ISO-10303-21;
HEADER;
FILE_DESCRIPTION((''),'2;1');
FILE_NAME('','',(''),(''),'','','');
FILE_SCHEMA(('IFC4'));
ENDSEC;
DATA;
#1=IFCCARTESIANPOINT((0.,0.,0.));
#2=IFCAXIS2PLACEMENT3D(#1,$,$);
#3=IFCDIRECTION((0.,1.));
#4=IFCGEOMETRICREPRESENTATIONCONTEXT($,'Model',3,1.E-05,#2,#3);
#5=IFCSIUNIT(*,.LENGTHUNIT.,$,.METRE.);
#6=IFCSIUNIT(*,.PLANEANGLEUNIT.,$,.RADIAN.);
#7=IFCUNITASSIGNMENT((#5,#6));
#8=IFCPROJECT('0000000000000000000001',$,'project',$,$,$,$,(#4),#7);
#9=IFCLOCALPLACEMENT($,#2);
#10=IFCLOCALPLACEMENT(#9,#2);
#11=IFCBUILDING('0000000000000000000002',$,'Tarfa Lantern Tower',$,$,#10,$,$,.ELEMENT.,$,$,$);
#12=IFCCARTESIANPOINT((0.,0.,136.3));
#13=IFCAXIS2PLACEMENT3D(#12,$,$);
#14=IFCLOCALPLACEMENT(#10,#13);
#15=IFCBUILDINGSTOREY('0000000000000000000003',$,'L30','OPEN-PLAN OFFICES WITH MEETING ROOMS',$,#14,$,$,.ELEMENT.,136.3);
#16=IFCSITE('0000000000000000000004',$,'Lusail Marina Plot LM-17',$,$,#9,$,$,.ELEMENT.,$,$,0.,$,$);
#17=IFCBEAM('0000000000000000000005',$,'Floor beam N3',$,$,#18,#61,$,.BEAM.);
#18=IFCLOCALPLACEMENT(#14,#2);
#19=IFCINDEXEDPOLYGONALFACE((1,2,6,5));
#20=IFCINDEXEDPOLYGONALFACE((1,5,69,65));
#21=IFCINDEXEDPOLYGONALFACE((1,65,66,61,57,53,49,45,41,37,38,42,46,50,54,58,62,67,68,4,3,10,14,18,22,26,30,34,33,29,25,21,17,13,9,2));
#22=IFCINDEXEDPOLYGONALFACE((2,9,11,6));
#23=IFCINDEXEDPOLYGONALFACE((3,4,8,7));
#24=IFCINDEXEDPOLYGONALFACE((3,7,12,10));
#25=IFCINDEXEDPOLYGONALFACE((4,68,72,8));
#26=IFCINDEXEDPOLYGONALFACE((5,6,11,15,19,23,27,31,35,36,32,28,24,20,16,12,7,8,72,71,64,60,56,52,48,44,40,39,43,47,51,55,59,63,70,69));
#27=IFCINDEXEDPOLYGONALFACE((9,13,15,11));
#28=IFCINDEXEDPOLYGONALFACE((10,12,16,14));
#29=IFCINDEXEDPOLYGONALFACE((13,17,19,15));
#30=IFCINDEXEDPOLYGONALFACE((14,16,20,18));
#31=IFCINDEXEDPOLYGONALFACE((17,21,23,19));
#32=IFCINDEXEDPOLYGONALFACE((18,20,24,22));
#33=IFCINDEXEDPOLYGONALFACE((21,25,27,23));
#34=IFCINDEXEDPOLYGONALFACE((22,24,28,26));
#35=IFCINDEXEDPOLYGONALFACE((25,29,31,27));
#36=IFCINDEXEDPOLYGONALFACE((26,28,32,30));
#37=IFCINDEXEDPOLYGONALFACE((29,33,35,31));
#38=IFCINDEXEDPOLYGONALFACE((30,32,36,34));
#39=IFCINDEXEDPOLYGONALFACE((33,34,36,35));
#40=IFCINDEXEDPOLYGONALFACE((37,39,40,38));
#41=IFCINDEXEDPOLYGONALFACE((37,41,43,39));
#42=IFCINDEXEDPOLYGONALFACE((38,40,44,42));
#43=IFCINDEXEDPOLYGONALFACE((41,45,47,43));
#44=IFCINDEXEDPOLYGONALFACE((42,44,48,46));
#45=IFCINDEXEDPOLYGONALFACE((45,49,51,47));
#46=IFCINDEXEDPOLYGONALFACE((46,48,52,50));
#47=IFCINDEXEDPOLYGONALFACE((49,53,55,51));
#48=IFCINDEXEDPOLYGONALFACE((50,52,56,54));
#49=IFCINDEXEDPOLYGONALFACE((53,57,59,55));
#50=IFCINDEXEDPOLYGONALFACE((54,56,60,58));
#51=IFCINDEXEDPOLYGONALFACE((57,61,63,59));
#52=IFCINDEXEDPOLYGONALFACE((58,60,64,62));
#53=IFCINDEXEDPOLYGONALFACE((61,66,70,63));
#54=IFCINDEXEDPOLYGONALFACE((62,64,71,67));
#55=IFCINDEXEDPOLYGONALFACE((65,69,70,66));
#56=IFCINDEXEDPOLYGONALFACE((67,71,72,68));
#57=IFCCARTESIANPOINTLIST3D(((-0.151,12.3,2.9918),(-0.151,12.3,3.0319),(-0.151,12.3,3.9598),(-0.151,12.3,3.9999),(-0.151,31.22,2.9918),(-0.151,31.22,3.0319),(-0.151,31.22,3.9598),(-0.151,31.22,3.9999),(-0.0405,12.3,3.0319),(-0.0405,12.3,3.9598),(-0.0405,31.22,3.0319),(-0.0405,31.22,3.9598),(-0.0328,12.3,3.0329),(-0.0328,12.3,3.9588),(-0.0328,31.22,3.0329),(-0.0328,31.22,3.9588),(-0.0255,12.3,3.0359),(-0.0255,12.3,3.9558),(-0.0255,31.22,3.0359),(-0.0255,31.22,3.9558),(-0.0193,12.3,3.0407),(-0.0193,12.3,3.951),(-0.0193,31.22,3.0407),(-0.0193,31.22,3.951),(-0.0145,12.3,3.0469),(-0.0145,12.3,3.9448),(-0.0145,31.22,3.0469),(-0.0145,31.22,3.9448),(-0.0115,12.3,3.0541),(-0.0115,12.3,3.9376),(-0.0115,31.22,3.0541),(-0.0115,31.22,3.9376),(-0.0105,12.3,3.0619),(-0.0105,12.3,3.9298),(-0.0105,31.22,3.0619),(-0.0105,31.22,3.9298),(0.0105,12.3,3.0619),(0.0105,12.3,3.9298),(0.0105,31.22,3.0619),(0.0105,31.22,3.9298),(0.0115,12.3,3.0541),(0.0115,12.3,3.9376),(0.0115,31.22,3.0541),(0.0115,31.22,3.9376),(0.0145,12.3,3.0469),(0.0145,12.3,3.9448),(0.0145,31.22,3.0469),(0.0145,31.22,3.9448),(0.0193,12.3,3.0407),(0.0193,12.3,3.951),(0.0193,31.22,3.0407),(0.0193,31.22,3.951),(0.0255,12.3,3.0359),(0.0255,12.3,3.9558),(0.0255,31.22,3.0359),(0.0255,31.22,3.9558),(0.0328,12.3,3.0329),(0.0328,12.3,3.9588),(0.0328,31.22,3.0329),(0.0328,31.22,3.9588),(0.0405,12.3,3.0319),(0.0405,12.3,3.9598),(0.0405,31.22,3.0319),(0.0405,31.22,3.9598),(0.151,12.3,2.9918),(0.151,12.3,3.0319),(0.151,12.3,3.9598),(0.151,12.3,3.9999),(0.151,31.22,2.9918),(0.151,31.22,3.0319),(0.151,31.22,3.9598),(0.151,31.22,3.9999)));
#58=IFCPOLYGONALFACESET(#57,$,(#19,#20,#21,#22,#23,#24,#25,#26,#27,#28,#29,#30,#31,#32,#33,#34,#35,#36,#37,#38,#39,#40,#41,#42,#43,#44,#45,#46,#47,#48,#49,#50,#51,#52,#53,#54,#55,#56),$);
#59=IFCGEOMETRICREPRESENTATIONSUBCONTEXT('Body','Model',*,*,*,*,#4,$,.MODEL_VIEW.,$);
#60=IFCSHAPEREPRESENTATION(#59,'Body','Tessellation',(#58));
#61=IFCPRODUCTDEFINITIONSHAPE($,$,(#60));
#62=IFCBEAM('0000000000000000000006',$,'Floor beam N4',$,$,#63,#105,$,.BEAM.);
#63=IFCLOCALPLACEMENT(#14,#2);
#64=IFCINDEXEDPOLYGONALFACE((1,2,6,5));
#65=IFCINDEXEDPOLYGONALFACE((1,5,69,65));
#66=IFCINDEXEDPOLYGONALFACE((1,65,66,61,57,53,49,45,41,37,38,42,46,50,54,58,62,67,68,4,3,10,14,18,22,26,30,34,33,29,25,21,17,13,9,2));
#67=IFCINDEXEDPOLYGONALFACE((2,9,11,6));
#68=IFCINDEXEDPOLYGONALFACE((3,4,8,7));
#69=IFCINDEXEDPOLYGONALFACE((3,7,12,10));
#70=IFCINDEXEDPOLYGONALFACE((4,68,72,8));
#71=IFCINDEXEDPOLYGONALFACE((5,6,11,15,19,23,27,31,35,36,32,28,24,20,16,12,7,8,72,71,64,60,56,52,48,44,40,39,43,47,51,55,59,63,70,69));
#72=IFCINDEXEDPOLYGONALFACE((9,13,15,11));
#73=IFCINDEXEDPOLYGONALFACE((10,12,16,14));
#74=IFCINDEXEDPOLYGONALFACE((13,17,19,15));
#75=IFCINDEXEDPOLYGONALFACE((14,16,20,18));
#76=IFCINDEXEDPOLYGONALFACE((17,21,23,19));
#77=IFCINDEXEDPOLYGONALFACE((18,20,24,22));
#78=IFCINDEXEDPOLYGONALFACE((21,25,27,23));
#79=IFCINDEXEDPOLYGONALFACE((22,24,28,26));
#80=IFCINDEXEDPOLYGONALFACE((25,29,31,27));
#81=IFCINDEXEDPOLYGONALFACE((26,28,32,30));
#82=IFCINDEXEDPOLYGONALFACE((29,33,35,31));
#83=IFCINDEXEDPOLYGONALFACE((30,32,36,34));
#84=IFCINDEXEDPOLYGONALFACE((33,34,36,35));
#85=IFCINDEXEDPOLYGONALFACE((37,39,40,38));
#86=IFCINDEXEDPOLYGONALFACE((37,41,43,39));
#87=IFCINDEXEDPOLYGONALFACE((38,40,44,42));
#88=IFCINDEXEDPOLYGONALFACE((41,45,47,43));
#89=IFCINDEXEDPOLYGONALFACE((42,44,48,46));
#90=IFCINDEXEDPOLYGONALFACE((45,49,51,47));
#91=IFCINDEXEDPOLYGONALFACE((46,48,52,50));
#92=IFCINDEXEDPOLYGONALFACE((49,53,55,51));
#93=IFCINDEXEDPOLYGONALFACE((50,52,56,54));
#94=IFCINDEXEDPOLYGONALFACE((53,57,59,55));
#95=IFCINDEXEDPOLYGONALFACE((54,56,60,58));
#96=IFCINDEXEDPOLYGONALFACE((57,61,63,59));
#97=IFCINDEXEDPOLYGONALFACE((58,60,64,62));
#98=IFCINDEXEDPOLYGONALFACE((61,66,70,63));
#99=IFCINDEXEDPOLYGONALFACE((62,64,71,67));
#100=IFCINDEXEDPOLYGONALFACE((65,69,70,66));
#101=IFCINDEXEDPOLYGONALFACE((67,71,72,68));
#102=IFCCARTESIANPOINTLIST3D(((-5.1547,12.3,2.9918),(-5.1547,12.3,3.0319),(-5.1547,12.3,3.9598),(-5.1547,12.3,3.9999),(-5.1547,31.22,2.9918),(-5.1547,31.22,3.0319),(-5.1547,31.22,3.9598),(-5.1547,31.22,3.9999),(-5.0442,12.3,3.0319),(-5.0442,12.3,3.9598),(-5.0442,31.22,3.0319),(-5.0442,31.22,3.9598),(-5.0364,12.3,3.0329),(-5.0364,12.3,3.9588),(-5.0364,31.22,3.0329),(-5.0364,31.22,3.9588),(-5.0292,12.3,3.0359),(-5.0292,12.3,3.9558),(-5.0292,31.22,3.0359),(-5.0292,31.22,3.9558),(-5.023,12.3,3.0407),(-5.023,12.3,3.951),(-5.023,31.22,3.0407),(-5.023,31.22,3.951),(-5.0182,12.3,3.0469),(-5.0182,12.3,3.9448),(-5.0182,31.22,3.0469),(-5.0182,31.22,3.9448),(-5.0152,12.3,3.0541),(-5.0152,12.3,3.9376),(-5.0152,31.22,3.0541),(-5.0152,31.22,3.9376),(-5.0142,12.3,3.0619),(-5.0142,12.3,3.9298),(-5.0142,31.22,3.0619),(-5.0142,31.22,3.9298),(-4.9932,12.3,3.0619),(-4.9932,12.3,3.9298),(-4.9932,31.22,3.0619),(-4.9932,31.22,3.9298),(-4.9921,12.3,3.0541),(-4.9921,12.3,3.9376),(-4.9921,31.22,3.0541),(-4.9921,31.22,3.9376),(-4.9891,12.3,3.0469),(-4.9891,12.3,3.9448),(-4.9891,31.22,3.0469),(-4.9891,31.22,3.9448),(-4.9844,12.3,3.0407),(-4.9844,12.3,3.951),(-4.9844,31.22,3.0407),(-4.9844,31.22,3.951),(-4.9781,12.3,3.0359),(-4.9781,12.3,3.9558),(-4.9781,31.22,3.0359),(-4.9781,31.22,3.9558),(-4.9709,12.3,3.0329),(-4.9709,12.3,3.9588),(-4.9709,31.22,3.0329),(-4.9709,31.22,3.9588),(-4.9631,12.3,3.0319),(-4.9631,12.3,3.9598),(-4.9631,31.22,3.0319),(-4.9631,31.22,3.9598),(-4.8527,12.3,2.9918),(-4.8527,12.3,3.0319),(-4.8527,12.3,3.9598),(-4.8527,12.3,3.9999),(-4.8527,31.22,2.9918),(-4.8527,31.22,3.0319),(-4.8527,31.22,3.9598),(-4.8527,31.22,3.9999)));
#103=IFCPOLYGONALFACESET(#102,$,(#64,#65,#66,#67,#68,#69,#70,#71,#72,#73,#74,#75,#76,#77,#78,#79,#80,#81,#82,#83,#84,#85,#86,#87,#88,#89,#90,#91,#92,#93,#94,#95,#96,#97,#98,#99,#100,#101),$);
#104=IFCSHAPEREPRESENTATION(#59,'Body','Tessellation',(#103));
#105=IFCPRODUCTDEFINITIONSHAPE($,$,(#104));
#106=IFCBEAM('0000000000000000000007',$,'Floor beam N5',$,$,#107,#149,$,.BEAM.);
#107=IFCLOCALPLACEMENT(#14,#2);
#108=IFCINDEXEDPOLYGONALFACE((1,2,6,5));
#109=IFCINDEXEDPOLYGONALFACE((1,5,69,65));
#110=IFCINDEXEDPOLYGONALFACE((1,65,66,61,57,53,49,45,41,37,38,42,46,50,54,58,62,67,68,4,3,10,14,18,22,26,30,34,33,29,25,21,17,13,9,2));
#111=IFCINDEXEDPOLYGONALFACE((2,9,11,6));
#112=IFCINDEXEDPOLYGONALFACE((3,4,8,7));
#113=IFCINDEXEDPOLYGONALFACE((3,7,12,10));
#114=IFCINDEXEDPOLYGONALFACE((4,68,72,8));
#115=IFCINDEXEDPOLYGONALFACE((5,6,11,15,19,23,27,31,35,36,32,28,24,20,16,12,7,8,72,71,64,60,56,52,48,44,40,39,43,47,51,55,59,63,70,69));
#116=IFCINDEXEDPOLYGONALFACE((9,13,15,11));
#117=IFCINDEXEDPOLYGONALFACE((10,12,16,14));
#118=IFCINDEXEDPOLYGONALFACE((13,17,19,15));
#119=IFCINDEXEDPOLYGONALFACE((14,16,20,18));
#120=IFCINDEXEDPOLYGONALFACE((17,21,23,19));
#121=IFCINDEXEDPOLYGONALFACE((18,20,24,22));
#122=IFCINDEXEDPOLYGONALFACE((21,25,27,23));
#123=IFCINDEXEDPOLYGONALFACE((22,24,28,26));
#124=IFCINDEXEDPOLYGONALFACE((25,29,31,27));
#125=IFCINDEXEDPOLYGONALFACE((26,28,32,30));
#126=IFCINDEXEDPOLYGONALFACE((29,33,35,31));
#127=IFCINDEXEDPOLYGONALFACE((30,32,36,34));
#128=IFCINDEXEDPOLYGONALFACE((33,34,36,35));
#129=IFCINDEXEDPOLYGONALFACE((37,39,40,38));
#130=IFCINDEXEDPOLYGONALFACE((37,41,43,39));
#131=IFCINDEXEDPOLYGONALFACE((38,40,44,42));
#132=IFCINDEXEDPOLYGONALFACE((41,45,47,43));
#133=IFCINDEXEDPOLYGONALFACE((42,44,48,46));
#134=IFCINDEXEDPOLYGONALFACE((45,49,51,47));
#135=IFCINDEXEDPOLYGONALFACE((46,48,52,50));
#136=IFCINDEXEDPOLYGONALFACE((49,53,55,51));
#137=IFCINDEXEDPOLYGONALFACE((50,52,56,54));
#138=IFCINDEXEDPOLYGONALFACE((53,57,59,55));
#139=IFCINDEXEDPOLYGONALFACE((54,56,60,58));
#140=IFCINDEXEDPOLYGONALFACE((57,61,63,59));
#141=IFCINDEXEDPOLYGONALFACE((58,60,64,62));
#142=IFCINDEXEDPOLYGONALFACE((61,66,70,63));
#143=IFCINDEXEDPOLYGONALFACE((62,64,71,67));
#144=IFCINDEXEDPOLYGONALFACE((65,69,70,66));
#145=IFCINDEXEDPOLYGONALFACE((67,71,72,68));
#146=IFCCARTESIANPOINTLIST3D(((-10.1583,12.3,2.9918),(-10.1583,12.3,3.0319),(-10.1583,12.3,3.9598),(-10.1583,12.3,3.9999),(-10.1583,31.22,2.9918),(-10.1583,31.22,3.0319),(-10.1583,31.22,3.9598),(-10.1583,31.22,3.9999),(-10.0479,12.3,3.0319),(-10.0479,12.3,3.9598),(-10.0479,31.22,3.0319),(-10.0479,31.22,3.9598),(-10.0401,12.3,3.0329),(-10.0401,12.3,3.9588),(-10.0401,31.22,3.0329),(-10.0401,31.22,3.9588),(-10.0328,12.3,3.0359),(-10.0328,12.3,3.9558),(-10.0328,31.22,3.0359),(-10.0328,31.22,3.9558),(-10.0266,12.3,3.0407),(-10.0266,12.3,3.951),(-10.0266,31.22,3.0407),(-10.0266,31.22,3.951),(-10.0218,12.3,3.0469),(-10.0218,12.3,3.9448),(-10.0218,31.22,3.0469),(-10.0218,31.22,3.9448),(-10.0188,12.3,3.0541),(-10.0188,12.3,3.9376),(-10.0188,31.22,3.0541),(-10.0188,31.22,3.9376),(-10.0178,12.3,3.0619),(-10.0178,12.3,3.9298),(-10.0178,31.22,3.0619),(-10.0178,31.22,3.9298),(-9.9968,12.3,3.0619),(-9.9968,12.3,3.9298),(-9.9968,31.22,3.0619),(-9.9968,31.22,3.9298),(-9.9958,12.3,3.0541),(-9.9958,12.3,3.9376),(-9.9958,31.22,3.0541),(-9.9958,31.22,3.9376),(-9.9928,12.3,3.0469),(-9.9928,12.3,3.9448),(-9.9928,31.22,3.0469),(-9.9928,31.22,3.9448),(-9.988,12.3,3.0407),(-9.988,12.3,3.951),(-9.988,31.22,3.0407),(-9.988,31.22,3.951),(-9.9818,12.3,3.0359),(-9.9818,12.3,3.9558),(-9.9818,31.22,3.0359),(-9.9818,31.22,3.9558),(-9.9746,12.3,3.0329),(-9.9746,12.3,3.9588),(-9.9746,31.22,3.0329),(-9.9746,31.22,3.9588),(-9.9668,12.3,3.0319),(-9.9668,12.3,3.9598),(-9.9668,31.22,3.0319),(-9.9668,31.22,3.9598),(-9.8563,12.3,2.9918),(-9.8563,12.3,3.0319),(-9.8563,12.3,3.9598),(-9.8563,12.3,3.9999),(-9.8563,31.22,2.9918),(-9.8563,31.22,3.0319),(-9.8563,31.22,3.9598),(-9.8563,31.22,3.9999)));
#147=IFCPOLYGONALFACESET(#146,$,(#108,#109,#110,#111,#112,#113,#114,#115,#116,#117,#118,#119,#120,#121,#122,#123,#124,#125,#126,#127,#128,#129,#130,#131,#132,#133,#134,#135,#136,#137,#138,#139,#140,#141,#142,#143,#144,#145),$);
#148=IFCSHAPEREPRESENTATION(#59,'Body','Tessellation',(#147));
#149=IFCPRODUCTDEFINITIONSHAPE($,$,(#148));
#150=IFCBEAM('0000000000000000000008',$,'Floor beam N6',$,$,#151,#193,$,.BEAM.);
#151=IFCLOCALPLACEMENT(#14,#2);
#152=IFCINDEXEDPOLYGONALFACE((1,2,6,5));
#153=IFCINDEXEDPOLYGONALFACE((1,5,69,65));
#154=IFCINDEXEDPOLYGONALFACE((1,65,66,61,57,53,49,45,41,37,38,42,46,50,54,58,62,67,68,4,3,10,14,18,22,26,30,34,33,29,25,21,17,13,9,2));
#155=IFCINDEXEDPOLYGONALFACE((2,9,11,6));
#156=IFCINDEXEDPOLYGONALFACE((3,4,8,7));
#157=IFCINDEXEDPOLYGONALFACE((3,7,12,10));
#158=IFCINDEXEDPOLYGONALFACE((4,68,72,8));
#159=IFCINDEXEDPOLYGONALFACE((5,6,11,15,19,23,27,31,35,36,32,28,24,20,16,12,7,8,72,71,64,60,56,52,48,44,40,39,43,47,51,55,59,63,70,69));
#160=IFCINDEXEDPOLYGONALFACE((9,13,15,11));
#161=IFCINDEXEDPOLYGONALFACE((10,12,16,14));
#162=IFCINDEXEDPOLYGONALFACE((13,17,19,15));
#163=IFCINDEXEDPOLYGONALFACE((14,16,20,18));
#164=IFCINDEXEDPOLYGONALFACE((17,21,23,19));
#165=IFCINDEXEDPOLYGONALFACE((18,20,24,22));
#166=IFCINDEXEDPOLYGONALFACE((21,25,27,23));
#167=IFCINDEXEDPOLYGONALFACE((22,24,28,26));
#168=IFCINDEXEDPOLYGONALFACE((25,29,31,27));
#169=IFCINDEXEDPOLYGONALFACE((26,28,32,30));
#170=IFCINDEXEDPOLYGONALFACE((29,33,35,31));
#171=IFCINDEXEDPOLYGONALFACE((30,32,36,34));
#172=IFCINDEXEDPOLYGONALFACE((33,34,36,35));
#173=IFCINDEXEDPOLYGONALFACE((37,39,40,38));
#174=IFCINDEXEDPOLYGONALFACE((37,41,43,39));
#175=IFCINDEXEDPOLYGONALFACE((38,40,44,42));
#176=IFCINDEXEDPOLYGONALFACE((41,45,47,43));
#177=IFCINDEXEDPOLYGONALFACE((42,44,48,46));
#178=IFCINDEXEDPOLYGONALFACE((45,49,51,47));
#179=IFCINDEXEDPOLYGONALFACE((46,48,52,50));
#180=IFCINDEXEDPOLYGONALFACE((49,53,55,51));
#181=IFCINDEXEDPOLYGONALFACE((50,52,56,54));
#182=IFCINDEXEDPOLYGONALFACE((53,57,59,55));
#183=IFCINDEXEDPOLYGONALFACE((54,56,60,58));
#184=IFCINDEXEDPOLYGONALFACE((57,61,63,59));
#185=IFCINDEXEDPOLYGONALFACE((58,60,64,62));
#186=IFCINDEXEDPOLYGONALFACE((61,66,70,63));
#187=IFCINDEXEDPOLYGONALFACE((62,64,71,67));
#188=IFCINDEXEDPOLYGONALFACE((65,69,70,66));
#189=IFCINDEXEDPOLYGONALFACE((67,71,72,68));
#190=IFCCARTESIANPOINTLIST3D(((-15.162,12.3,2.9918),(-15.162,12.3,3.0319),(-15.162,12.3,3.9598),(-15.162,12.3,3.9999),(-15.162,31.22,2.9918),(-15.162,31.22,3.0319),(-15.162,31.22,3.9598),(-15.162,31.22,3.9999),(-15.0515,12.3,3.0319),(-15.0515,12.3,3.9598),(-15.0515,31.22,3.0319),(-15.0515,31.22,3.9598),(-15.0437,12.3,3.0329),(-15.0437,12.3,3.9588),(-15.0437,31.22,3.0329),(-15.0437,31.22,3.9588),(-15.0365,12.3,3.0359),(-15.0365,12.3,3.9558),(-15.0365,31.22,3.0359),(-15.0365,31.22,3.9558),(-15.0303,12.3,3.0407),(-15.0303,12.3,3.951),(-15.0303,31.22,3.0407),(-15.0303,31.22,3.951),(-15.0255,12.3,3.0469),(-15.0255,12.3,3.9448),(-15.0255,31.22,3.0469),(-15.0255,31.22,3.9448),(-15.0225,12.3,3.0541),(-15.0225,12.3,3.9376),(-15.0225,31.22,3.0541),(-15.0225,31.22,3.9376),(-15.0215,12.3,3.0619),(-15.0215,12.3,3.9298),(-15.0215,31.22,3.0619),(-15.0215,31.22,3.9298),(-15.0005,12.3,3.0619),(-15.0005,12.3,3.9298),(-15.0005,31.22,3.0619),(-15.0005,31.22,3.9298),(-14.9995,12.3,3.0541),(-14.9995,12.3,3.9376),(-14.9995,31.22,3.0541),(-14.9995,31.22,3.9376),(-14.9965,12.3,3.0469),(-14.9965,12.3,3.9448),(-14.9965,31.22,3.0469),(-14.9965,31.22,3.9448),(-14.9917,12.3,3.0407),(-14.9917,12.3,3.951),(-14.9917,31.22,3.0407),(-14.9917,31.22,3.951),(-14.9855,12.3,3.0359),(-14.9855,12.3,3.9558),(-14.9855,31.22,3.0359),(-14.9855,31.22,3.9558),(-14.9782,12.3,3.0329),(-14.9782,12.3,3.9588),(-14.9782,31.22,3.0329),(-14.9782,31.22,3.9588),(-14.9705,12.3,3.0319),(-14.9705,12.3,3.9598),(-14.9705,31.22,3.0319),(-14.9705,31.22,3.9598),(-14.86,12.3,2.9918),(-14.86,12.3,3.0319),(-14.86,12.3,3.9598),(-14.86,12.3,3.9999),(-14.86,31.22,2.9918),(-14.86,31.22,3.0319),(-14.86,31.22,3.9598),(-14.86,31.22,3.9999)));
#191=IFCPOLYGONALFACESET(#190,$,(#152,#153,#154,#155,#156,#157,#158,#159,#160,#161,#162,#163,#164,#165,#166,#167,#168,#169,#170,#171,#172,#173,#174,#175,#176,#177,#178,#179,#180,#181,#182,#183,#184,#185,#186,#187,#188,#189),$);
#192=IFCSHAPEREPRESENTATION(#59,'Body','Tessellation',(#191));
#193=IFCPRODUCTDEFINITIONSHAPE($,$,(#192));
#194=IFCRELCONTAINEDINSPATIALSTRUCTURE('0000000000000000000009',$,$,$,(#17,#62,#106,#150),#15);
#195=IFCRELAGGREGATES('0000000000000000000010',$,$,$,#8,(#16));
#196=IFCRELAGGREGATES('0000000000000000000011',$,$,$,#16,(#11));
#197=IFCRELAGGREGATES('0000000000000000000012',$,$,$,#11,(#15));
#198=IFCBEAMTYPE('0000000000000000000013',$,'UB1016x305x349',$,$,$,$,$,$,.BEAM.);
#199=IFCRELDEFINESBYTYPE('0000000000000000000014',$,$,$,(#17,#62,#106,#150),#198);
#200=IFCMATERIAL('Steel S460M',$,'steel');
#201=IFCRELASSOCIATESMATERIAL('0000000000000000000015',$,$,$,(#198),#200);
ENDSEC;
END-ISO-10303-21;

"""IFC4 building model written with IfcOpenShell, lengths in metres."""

from ifc_helpers import new_model, si_unit, direction, frame, origin, origin_2d, place, context, subcontext, project, spatial, i_section, extrude, material, material_profile, profile_set, type_object, element, save


model = new_model("IFC4")

# Units and contexts
model_context = context("Model", 3, precision=1e-05, world=origin(), true_north=direction((0.0, 1.0)))
body_context = subcontext(model_context, "Body", "Model", "MODEL_VIEW")
ifc_project = project(units=[si_unit("LENGTHUNIT", "METRE"), si_unit("PLANEANGLEUNIT", "RADIAN")], contexts=[model_context])

# Site, building, storey
site_placement = place(None, origin())
site = spatial("IfcSite", under=ifc_project, at=site_placement, Name="Lusail Marina Plot LM-17", CompositionType="ELEMENT", RefElevation=0.0)
building_placement = place(site_placement, origin())
building = spatial("IfcBuilding", under=site, at=building_placement, Name="Tarfa Lantern Tower", CompositionType="ELEMENT")
storey_placement = place(building_placement, frame((0.0, 0.0, 136.3)))
storey = spatial("IfcBuildingStorey", under=building, at=storey_placement, Name="L30", Description="OPEN-PLAN OFFICES WITH MEETING ROOMS", CompositionType="ELEMENT", Elevation=136.3)

# Beams
ifc_material_1 = material(Name="Steel S460M", Category="steel")
ifc_material_profile_1 = material_profile(ifc_material_1, i_section(OverallWidth=0.302, OverallDepth=1.0081, WebThickness=0.021, FlangeThickness=0.04, FilletRadius=0.03, at=origin_2d()), Name="UB1016x305x349")
ifc_profile_set_1 = profile_set([ifc_material_profile_1], Name="Steel S460M")
beam_type_1 = type_object("IfcBeamType", Name="UB1016x305x349", PredefinedType="BEAM", material=ifc_profile_set_1)
for number, where, z_axis, x_axis, name in (
    (1, (0.0, 31.22, 3.4958), (0.0, -1.0, 0.0), (1.0, 0.0, 0.0), "Floor beam N3"),
    (2, (-5.0037, 31.22, 3.4958), (0.0, -1.0, 0.0), (1.0, 0.0, 0.0), "Floor beam N4"),
    (3, (-10.0073, 31.22, 3.4958), (0.0, -1.0, 0.0), (1.0, 0.0, 0.0), "Floor beam N5"),
    (4, (-15.011, 31.22, 3.4958), (0.0, -1.0, 0.0), (1.0, 0.0, 0.0), "Floor beam N6"),
):
    element("IfcBeam", number, at=place(storey_placement, frame(where, z_axis=z_axis, x_axis=x_axis)), inside=storey, type_object=beam_type_1, Name=name, PredefinedType="BEAM", context=body_context, shape_type="SweptSolid", body=[
        extrude(i_section(OverallWidth=0.302, OverallDepth=1.0081, WebThickness=0.021, FlangeThickness=0.04, FilletRadius=0.03, at=origin_2d()), origin(), (0.0, 0.0, 1.0), 18.9199),
    ])

save(model, "model.ifc")
